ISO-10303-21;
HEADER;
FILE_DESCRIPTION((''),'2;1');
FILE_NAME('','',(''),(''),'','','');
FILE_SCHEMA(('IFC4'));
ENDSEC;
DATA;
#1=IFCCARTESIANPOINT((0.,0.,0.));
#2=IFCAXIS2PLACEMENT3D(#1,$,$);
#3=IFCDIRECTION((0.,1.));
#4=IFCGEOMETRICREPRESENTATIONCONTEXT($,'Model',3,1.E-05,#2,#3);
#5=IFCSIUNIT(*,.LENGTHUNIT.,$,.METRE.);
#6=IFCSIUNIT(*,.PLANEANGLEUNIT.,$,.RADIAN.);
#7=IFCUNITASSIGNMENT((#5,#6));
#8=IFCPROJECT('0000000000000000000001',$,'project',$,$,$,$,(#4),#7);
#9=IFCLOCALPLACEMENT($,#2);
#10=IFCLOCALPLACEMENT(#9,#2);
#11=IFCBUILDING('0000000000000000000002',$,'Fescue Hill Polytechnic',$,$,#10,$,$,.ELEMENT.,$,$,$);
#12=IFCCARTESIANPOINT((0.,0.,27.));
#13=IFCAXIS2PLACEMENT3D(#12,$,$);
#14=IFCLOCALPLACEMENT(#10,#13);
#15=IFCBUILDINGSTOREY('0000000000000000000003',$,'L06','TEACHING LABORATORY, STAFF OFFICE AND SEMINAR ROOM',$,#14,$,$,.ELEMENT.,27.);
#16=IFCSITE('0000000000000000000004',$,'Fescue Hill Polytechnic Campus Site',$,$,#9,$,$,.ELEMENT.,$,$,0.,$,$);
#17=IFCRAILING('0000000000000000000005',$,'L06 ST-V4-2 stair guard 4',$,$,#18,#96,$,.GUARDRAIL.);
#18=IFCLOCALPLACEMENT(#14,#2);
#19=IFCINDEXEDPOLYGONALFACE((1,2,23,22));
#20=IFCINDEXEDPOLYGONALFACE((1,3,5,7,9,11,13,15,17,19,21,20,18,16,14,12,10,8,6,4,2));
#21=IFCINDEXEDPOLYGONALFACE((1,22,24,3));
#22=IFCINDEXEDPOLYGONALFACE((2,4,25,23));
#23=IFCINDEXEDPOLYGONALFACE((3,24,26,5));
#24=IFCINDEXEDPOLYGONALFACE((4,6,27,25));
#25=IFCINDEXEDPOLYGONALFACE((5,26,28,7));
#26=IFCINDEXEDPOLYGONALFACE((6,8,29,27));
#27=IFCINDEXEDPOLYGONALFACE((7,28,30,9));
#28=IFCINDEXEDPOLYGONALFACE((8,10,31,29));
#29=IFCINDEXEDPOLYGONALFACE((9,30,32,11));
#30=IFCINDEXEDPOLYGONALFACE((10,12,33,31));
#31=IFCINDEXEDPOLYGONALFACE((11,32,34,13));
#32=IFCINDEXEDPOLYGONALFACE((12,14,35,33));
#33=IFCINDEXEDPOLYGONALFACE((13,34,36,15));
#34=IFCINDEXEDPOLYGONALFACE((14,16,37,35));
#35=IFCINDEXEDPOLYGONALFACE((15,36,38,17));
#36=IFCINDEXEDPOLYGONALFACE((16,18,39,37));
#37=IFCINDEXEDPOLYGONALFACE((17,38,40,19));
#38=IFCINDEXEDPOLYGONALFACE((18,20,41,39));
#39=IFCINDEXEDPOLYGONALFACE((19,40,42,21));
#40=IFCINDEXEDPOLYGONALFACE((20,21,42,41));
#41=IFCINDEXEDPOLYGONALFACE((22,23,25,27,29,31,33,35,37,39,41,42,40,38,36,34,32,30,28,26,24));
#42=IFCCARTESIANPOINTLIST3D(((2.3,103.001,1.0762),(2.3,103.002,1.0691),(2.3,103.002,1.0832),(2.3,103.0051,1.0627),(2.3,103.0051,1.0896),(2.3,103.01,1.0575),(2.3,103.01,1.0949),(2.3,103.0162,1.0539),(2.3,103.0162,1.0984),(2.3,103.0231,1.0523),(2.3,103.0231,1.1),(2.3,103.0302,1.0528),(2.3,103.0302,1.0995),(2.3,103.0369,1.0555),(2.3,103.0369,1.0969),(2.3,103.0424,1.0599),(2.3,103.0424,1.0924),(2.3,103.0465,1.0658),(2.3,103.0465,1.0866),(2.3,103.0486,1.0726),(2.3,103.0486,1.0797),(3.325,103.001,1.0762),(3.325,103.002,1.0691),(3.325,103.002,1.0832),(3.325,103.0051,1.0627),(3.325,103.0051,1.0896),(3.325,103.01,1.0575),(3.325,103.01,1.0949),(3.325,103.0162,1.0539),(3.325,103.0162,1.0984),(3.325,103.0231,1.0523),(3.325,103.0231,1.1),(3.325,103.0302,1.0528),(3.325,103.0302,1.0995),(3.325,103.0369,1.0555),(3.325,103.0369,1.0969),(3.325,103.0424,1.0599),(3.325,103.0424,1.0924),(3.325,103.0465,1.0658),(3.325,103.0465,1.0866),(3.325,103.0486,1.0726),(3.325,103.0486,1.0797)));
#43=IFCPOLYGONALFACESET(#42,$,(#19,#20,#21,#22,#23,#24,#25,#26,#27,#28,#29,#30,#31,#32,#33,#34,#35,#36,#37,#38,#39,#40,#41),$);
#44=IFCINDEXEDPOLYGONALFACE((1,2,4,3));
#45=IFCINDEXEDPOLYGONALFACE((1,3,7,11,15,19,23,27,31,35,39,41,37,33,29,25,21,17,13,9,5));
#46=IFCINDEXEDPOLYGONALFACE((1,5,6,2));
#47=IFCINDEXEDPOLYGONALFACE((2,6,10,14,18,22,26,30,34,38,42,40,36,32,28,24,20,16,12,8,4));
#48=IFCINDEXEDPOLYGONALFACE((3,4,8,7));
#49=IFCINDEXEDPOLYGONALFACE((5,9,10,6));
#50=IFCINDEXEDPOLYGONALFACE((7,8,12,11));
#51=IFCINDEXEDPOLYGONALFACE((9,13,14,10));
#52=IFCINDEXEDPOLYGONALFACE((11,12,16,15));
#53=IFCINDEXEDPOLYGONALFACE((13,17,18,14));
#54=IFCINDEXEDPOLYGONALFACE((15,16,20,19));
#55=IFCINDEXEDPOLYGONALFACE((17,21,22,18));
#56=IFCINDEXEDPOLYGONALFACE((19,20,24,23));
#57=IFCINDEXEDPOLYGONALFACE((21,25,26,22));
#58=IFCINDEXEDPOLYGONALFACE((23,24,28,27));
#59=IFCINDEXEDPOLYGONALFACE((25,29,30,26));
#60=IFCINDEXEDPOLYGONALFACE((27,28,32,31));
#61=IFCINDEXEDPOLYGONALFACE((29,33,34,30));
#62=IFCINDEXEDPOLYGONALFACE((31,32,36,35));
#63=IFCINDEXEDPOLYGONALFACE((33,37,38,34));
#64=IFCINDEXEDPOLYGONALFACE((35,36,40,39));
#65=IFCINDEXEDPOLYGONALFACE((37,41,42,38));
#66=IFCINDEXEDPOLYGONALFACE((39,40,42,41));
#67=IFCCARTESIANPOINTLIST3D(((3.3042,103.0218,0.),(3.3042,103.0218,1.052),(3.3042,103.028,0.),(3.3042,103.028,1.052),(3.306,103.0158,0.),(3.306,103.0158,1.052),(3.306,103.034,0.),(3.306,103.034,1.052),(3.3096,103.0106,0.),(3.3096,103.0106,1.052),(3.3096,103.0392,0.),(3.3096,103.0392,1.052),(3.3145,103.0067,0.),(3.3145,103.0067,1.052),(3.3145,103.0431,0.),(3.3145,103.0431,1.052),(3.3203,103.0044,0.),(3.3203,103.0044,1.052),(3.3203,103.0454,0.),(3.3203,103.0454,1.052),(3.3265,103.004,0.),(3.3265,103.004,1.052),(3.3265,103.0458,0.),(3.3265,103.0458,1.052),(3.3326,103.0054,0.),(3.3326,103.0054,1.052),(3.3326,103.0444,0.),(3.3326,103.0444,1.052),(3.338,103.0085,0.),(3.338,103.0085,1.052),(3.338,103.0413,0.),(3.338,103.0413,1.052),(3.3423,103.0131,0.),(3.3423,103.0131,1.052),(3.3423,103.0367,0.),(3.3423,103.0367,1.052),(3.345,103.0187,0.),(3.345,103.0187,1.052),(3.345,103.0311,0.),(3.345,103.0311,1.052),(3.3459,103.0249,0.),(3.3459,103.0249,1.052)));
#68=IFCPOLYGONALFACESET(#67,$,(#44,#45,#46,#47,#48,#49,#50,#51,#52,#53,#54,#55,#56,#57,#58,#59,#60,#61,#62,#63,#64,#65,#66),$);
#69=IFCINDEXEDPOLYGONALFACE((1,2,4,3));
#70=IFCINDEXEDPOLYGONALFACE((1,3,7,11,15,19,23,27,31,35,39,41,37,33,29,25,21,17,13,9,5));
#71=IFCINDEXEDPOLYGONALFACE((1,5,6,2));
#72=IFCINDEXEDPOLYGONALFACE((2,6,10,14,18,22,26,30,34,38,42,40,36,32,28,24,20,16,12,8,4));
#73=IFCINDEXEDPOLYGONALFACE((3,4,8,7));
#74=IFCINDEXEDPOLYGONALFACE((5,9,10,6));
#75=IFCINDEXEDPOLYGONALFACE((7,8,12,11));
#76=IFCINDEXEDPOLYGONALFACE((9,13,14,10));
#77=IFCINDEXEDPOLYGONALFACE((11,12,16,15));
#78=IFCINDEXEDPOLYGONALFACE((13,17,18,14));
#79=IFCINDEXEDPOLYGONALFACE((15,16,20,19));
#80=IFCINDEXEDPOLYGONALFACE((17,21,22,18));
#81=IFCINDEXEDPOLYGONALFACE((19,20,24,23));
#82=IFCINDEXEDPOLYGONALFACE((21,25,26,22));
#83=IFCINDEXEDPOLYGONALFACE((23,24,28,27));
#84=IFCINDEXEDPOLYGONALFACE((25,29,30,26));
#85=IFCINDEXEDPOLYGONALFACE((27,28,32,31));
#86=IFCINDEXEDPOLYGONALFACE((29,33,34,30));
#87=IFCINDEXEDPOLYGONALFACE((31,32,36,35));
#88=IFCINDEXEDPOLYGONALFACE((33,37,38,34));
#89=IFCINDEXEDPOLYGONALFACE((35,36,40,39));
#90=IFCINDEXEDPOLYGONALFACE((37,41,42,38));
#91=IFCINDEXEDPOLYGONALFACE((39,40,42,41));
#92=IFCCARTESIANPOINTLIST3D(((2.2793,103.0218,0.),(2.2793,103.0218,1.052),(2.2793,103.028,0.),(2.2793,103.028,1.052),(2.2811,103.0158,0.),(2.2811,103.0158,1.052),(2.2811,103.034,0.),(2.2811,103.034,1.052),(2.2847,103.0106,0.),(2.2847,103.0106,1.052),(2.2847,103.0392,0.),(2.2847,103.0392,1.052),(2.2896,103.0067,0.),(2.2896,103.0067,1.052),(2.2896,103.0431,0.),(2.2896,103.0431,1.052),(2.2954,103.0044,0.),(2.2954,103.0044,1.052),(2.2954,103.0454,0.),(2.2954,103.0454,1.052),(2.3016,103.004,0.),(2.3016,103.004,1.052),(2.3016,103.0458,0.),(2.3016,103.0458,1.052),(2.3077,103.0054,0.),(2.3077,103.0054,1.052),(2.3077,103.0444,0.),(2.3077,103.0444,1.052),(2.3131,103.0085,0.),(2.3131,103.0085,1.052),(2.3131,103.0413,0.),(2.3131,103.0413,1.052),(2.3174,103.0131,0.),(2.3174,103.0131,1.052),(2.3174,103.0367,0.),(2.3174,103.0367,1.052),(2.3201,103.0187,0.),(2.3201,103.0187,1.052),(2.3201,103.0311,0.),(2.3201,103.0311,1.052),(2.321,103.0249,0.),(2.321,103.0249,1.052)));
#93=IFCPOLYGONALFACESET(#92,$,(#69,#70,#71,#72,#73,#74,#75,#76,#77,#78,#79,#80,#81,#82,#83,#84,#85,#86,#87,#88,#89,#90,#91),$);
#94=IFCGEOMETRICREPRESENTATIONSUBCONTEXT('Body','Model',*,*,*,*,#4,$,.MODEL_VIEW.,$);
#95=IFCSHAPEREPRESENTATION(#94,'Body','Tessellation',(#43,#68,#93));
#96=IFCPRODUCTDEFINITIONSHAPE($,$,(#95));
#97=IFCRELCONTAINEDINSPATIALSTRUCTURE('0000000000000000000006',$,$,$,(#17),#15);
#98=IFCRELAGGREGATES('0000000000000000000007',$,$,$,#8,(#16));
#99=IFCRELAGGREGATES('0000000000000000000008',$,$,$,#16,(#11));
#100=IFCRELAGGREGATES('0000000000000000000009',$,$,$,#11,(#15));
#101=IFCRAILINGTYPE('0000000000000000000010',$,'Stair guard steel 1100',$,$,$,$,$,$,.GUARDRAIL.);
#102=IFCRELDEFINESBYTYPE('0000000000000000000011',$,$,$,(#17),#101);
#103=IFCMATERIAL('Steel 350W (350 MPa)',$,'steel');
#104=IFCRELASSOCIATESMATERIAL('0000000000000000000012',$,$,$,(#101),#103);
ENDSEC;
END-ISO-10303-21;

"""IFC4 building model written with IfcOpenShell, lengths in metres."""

from ifc_helpers import new_model, si_unit, direction, frame, origin, origin_2d, place, context, subcontext, project, spatial, circle, extrude, material, type_object, element, save


model = new_model("IFC4")

# Units and contexts
model_context = context("Model", 3, precision=1e-05, world=origin(), true_north=direction((0.0, 1.0)))
body_context = subcontext(model_context, "Body", "Model", "MODEL_VIEW")
ifc_project = project(units=[si_unit("LENGTHUNIT", "METRE"), si_unit("PLANEANGLEUNIT", "RADIAN")], contexts=[model_context])

# Site, building, storey
site_placement = place(None, origin())
site = spatial("IfcSite", under=ifc_project, at=site_placement, Name="Fescue Hill Polytechnic Campus Site", CompositionType="ELEMENT", RefElevation=0.0)
building_placement = place(site_placement, origin())
building = spatial("IfcBuilding", under=site, at=building_placement, Name="Fescue Hill Polytechnic", CompositionType="ELEMENT")
storey_placement = place(building_placement, frame((0.0, 0.0, 27.0)))
storey = spatial("IfcBuildingStorey", under=building, at=storey_placement, Name="L06", Description="TEACHING LABORATORY, STAFF OFFICE AND SEMINAR ROOM", CompositionType="ELEMENT", Elevation=27.0)

# Railing
ifc_material_1 = material(Name="Steel 350W (350 MPa)", Category="steel")
railing_type_1 = type_object("IfcRailingType", Name="Stair guard steel 1100", PredefinedType="GUARDRAIL", material=ifc_material_1)
railing_1_placement = place(storey_placement, frame((3.325, 103.0249, 0.0)))
element("IfcRailing", 1, at=railing_1_placement, inside=storey, type_object=railing_type_1, Name="L06 ST-V4-2 stair guard 4", PredefinedType="GUARDRAIL", context=body_context, shape_type="SweptSolid", body=[
    extrude(circle(Radius=0.0239, at=origin_2d()), frame((0.0, 0.0, 1.0762), z_axis=(-1.0, 0.0, 0.0), x_axis=(0.0, -1.0, 0.0)), (0.0, 0.0, 1.0), 1.0249),
    extrude(circle(Radius=0.021, at=origin_2d()), origin(), (0.0, 0.0, 1.0), 1.052),
    extrude(circle(Radius=0.021, at=origin_2d()), frame((-1.0249, 0.0, 0.0)), (0.0, 0.0, 1.0), 1.052),
])

save(model, "model.ifc")
